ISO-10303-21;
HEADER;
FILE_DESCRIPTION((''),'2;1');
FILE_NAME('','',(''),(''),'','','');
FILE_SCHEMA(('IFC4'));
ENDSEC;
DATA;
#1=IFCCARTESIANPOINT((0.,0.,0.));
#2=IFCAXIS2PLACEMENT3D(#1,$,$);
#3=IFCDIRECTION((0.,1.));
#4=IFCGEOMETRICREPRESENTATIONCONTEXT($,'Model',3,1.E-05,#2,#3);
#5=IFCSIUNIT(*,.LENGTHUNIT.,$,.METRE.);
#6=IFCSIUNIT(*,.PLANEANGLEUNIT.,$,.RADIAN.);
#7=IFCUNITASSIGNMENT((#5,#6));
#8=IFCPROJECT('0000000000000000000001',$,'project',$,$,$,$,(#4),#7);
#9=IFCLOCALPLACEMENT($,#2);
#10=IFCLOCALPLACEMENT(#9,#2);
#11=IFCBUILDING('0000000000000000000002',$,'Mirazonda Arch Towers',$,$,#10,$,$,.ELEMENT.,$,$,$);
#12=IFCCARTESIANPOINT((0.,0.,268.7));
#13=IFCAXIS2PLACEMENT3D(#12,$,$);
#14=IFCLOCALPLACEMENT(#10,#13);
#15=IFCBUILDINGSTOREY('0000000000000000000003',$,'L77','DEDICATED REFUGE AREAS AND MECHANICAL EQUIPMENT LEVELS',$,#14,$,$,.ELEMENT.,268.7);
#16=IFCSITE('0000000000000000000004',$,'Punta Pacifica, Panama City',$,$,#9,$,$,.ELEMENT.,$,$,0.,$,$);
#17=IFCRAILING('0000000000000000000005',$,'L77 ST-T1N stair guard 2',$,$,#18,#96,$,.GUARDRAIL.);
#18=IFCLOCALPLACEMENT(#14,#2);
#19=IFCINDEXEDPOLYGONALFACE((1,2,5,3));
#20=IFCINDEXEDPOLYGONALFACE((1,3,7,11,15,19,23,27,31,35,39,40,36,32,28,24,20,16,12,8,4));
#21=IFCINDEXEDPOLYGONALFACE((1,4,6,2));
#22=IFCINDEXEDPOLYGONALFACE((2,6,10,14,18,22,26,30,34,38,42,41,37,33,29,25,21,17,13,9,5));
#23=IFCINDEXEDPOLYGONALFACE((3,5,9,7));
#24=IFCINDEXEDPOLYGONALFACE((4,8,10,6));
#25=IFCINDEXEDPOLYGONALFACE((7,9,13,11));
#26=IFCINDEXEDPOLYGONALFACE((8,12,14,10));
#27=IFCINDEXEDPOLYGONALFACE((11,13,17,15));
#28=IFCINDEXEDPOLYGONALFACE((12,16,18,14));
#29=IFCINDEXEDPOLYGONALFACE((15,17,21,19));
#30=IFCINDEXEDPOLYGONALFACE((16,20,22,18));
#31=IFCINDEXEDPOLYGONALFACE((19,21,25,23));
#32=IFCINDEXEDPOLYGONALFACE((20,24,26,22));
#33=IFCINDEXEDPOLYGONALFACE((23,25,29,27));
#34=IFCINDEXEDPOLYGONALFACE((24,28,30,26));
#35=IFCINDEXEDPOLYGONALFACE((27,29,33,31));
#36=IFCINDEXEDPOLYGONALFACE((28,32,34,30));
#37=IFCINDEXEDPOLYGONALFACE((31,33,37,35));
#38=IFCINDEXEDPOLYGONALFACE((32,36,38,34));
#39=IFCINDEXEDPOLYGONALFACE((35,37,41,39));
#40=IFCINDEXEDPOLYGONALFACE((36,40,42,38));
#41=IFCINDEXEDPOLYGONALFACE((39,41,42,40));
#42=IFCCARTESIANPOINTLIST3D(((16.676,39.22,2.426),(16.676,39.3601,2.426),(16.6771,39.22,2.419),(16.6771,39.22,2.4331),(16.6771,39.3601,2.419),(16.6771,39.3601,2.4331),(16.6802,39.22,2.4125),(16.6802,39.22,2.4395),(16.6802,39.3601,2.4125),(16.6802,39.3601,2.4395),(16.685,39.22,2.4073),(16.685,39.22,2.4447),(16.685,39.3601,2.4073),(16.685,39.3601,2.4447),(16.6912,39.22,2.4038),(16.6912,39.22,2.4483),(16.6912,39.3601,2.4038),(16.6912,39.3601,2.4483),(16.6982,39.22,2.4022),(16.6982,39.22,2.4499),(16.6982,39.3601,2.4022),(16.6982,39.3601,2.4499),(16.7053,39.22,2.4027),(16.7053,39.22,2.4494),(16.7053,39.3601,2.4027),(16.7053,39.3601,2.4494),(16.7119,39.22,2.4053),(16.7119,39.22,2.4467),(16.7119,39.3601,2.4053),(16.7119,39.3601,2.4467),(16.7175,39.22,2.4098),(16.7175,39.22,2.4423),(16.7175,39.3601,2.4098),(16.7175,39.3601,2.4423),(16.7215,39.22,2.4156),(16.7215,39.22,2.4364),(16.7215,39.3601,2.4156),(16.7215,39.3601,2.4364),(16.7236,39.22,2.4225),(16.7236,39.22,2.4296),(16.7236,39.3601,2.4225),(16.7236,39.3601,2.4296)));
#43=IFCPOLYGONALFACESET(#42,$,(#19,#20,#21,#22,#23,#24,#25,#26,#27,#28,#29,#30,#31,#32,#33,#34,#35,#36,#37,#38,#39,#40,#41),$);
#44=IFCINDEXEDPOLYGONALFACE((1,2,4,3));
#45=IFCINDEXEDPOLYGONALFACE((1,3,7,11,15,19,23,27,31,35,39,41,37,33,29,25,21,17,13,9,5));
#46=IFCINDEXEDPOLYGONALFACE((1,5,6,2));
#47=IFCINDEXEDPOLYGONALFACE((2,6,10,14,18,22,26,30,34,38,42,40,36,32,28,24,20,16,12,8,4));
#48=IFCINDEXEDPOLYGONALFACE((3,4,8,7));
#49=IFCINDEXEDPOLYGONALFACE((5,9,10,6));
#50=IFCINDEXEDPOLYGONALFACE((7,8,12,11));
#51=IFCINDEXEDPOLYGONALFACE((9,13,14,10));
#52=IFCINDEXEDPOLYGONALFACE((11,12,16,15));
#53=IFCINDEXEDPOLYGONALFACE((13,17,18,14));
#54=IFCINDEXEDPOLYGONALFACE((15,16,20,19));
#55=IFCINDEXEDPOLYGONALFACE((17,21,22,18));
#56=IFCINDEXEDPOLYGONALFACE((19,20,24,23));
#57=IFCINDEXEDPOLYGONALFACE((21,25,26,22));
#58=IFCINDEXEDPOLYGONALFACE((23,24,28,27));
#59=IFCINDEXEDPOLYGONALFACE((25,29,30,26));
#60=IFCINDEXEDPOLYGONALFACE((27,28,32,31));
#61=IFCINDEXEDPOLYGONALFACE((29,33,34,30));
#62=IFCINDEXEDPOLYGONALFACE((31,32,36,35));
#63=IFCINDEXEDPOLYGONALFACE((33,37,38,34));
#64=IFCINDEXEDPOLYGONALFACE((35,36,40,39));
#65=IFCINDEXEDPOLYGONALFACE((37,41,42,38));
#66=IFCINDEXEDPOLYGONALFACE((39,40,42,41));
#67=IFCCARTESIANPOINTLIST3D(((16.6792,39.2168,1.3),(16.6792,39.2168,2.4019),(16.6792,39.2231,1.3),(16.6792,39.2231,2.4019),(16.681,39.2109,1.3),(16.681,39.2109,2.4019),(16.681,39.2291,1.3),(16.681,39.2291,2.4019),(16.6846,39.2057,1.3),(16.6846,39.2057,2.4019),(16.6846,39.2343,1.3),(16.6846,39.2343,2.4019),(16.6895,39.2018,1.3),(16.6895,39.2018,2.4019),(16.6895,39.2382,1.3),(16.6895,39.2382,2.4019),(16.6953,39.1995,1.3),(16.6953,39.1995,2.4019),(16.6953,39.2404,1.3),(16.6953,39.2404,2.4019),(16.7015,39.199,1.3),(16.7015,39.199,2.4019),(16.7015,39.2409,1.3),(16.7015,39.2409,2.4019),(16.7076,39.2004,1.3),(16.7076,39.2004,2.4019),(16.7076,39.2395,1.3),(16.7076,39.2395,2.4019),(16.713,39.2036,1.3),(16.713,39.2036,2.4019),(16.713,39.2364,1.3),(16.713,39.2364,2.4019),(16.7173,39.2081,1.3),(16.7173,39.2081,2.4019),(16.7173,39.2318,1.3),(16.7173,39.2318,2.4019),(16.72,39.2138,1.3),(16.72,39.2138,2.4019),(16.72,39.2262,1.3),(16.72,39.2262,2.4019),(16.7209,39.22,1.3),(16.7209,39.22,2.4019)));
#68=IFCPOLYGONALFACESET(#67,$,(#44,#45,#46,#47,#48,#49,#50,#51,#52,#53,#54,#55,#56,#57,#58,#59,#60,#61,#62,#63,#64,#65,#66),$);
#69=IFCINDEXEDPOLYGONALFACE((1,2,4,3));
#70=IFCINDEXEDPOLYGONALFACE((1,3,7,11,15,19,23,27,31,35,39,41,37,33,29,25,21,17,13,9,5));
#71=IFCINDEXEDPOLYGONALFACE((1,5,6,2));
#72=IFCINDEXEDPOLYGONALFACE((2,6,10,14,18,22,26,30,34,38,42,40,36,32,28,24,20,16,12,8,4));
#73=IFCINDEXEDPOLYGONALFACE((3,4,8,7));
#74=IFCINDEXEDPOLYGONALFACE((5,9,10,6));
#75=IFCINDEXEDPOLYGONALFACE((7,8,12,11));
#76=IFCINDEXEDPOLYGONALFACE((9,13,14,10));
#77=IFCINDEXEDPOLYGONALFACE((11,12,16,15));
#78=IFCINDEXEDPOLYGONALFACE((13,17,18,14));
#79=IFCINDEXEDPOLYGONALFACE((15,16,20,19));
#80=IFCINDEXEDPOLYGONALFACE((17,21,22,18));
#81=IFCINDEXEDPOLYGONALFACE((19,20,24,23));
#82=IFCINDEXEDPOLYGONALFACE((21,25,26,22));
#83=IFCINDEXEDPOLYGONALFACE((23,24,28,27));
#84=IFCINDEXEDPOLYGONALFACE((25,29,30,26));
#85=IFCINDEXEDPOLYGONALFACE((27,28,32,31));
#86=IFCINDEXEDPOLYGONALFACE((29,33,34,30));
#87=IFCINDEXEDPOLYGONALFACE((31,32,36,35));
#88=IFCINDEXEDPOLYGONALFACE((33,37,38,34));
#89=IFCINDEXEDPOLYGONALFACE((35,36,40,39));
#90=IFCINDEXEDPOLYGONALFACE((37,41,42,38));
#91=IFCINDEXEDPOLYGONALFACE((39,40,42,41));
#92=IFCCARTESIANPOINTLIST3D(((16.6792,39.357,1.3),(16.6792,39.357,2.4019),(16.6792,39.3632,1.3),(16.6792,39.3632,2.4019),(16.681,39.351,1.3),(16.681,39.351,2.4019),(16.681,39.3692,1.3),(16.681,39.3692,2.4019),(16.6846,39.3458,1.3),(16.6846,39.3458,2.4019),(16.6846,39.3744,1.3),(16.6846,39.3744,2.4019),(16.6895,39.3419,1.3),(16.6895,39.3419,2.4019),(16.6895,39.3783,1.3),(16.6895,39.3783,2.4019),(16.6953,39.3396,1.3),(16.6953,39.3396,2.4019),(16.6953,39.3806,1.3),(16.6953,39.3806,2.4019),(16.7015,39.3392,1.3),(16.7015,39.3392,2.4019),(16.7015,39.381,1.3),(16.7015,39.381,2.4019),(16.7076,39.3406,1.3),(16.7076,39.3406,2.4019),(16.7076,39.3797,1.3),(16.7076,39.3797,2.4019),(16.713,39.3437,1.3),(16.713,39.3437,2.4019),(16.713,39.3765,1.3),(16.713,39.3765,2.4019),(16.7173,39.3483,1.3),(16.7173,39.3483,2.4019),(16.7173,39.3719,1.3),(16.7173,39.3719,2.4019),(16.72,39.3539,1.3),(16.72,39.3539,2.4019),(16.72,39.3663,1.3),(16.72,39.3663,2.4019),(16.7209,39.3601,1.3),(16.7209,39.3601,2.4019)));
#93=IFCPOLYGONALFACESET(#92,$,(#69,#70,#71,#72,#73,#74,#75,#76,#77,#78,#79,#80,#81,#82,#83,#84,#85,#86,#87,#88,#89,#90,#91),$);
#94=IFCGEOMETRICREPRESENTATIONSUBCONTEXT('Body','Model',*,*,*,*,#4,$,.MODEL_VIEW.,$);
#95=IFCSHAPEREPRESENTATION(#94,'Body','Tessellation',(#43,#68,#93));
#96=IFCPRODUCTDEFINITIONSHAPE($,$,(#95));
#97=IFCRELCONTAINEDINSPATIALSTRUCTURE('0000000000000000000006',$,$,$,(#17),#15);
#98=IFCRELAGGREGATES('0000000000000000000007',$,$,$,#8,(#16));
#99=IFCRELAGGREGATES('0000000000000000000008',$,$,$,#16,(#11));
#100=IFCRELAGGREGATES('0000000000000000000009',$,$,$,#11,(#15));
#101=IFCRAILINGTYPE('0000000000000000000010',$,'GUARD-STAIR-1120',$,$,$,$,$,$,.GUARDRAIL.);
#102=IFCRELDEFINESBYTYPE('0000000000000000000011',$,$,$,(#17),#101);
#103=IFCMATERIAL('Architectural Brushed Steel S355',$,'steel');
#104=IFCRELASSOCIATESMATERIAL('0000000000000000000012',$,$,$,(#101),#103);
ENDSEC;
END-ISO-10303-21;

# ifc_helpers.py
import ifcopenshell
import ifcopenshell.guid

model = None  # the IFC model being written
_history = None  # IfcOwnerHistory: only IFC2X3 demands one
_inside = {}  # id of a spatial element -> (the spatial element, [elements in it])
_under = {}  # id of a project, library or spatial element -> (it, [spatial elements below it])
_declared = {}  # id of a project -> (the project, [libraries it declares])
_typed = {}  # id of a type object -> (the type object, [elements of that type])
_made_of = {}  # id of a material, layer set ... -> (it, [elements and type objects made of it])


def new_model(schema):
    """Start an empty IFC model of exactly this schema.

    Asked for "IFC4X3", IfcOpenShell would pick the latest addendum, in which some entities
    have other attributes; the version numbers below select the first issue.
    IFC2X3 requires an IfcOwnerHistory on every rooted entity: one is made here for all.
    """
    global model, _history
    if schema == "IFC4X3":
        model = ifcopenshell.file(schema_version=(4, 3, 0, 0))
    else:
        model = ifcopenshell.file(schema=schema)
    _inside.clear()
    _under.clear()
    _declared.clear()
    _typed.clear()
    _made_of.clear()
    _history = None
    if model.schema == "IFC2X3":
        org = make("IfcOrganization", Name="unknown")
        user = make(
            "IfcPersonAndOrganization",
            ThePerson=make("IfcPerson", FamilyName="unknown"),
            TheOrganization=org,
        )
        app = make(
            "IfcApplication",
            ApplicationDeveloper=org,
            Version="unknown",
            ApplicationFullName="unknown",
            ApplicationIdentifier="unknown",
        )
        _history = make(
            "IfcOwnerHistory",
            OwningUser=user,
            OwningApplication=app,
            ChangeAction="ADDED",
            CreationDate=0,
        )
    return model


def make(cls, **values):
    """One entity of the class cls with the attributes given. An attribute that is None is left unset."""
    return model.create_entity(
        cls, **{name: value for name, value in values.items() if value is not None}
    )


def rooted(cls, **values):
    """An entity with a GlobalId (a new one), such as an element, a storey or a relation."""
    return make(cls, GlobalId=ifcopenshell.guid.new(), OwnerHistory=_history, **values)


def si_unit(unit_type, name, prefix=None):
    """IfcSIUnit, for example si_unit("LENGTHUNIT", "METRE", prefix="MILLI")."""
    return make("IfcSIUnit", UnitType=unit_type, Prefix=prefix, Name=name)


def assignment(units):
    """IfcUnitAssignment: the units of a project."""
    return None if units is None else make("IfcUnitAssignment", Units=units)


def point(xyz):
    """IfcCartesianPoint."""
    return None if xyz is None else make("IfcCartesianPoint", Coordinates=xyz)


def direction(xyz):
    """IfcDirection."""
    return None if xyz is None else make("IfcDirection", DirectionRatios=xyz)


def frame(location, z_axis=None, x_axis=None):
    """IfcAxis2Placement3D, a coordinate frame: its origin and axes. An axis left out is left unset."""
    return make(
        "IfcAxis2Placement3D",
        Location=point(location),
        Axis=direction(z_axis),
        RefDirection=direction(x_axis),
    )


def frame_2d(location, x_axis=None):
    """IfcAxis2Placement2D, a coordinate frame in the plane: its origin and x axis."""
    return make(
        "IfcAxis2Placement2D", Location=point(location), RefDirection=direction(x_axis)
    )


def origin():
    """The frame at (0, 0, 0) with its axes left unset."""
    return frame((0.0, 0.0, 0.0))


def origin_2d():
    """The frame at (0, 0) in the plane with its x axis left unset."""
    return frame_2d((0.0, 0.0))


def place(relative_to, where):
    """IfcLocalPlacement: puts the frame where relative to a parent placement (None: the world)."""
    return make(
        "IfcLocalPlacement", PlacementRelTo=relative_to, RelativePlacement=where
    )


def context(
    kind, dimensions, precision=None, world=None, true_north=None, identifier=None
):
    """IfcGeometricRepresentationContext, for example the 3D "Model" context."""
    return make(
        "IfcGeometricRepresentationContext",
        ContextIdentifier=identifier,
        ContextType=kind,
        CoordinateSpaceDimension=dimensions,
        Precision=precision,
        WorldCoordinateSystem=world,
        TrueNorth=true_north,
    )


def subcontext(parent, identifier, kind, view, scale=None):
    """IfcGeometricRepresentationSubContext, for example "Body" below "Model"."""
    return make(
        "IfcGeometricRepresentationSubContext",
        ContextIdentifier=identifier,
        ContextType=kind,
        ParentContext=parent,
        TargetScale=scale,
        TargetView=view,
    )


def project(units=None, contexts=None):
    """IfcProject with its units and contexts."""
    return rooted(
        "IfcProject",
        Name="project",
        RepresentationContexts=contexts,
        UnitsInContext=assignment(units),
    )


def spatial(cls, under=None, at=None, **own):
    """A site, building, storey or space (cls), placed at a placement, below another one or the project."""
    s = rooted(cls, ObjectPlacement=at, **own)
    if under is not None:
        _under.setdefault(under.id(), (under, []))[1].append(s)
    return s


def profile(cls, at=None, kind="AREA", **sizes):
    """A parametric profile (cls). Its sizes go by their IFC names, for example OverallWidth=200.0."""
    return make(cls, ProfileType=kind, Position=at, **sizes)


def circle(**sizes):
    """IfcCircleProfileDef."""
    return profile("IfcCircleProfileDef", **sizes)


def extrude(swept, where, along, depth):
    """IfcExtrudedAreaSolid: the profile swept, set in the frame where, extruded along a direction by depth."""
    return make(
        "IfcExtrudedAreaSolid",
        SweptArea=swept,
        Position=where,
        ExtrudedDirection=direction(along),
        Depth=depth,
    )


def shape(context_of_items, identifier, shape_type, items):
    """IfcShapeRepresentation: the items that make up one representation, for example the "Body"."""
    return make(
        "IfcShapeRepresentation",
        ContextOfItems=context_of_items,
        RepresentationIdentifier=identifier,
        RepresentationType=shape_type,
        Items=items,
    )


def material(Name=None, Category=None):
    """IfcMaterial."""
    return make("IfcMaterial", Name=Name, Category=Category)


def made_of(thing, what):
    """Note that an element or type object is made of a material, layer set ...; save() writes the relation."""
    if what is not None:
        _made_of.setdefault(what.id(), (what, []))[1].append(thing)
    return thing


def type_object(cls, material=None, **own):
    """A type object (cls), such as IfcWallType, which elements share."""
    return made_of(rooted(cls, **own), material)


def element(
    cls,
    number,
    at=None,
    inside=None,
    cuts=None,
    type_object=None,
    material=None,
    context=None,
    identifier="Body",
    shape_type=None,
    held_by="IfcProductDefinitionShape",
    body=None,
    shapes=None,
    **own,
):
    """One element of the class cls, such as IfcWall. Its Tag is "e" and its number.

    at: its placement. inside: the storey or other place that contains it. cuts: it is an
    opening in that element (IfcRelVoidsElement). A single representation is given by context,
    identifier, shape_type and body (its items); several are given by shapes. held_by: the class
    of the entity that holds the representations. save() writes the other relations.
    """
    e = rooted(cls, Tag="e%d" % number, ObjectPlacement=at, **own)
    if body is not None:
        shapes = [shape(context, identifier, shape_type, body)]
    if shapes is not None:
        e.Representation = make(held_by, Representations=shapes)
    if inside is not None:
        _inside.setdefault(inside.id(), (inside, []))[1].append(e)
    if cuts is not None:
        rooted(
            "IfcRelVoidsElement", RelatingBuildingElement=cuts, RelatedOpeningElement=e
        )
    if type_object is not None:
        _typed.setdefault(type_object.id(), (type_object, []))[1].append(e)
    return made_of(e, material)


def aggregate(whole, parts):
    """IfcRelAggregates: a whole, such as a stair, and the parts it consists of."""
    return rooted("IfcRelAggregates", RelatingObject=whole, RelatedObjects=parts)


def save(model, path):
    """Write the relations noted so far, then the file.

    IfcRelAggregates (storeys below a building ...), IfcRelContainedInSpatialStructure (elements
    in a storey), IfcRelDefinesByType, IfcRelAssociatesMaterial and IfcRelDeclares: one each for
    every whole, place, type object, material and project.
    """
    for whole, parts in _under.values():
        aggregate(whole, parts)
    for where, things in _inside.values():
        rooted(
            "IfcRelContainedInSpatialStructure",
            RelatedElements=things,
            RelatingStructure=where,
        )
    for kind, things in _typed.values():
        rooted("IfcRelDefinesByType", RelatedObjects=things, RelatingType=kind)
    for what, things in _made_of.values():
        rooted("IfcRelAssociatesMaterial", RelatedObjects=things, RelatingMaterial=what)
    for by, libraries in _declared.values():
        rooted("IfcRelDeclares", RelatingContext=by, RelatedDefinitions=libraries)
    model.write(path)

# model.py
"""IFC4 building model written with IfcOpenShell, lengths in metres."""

from ifc_helpers import new_model, si_unit, direction, frame, origin, origin_2d, place, context, subcontext, project, spatial, circle, extrude, material, type_object, element, save


model = new_model("IFC4")

# Units and contexts
model_context = context("Model", 3, precision=1e-05, world=origin(), true_north=direction((0.0, 1.0)))
body_context = subcontext(model_context, "Body", "Model", "MODEL_VIEW")
ifc_project = project(units=[si_unit("LENGTHUNIT", "METRE"), si_unit("PLANEANGLEUNIT", "RADIAN")], contexts=[model_context])

# Site, building, storey
site_placement = place(None, origin())
site = spatial("IfcSite", under=ifc_project, at=site_placement, Name="Punta Pacifica, Panama City", CompositionType="ELEMENT", RefElevation=0.0)
building_placement = place(site_placement, origin())
building = spatial("IfcBuilding", under=site, at=building_placement, Name="Mirazonda Arch Towers", CompositionType="ELEMENT")
storey_placement = place(building_placement, frame((0.0, 0.0, 268.7)))
storey = spatial("IfcBuildingStorey", under=building, at=storey_placement, Name="L77", Description="DEDICATED REFUGE AREAS AND MECHANICAL EQUIPMENT LEVELS", CompositionType="ELEMENT", Elevation=268.7)

# Shared definitions
ifc_material_1 = material(Name="Architectural Brushed Steel S355", Category="steel")

# Railing
railing_type_1 = type_object("IfcRailingType", Name="GUARD-STAIR-1120", PredefinedType="GUARDRAIL", material=ifc_material_1)
railing_1_placement = place(storey_placement, frame((16.7, 39.22, 1.3)))
element("IfcRailing", 1, at=railing_1_placement, inside=storey, type_object=railing_type_1, Name="L77 ST-T1N stair guard 2", PredefinedType="GUARDRAIL", context=body_context, shape_type="SweptSolid", body=[
    extrude(circle(Radius=0.0239, at=origin_2d()), frame((0.0, 0.0, 1.126), z_axis=(0.0, 1.0, 0.0), x_axis=(-1.0, 0.0, 0.0)), (0.0, 0.0, 1.0), 0.1401),
    extrude(circle(Radius=0.021, at=origin_2d()), origin(), (0.0, 0.0, 1.0), 1.1018),
    extrude(circle(Radius=0.021, at=origin_2d()), frame((0.0, 0.1401, 0.0)), (0.0, 0.0, 1.0), 1.1018),
])

save(model, "model.ifc")
